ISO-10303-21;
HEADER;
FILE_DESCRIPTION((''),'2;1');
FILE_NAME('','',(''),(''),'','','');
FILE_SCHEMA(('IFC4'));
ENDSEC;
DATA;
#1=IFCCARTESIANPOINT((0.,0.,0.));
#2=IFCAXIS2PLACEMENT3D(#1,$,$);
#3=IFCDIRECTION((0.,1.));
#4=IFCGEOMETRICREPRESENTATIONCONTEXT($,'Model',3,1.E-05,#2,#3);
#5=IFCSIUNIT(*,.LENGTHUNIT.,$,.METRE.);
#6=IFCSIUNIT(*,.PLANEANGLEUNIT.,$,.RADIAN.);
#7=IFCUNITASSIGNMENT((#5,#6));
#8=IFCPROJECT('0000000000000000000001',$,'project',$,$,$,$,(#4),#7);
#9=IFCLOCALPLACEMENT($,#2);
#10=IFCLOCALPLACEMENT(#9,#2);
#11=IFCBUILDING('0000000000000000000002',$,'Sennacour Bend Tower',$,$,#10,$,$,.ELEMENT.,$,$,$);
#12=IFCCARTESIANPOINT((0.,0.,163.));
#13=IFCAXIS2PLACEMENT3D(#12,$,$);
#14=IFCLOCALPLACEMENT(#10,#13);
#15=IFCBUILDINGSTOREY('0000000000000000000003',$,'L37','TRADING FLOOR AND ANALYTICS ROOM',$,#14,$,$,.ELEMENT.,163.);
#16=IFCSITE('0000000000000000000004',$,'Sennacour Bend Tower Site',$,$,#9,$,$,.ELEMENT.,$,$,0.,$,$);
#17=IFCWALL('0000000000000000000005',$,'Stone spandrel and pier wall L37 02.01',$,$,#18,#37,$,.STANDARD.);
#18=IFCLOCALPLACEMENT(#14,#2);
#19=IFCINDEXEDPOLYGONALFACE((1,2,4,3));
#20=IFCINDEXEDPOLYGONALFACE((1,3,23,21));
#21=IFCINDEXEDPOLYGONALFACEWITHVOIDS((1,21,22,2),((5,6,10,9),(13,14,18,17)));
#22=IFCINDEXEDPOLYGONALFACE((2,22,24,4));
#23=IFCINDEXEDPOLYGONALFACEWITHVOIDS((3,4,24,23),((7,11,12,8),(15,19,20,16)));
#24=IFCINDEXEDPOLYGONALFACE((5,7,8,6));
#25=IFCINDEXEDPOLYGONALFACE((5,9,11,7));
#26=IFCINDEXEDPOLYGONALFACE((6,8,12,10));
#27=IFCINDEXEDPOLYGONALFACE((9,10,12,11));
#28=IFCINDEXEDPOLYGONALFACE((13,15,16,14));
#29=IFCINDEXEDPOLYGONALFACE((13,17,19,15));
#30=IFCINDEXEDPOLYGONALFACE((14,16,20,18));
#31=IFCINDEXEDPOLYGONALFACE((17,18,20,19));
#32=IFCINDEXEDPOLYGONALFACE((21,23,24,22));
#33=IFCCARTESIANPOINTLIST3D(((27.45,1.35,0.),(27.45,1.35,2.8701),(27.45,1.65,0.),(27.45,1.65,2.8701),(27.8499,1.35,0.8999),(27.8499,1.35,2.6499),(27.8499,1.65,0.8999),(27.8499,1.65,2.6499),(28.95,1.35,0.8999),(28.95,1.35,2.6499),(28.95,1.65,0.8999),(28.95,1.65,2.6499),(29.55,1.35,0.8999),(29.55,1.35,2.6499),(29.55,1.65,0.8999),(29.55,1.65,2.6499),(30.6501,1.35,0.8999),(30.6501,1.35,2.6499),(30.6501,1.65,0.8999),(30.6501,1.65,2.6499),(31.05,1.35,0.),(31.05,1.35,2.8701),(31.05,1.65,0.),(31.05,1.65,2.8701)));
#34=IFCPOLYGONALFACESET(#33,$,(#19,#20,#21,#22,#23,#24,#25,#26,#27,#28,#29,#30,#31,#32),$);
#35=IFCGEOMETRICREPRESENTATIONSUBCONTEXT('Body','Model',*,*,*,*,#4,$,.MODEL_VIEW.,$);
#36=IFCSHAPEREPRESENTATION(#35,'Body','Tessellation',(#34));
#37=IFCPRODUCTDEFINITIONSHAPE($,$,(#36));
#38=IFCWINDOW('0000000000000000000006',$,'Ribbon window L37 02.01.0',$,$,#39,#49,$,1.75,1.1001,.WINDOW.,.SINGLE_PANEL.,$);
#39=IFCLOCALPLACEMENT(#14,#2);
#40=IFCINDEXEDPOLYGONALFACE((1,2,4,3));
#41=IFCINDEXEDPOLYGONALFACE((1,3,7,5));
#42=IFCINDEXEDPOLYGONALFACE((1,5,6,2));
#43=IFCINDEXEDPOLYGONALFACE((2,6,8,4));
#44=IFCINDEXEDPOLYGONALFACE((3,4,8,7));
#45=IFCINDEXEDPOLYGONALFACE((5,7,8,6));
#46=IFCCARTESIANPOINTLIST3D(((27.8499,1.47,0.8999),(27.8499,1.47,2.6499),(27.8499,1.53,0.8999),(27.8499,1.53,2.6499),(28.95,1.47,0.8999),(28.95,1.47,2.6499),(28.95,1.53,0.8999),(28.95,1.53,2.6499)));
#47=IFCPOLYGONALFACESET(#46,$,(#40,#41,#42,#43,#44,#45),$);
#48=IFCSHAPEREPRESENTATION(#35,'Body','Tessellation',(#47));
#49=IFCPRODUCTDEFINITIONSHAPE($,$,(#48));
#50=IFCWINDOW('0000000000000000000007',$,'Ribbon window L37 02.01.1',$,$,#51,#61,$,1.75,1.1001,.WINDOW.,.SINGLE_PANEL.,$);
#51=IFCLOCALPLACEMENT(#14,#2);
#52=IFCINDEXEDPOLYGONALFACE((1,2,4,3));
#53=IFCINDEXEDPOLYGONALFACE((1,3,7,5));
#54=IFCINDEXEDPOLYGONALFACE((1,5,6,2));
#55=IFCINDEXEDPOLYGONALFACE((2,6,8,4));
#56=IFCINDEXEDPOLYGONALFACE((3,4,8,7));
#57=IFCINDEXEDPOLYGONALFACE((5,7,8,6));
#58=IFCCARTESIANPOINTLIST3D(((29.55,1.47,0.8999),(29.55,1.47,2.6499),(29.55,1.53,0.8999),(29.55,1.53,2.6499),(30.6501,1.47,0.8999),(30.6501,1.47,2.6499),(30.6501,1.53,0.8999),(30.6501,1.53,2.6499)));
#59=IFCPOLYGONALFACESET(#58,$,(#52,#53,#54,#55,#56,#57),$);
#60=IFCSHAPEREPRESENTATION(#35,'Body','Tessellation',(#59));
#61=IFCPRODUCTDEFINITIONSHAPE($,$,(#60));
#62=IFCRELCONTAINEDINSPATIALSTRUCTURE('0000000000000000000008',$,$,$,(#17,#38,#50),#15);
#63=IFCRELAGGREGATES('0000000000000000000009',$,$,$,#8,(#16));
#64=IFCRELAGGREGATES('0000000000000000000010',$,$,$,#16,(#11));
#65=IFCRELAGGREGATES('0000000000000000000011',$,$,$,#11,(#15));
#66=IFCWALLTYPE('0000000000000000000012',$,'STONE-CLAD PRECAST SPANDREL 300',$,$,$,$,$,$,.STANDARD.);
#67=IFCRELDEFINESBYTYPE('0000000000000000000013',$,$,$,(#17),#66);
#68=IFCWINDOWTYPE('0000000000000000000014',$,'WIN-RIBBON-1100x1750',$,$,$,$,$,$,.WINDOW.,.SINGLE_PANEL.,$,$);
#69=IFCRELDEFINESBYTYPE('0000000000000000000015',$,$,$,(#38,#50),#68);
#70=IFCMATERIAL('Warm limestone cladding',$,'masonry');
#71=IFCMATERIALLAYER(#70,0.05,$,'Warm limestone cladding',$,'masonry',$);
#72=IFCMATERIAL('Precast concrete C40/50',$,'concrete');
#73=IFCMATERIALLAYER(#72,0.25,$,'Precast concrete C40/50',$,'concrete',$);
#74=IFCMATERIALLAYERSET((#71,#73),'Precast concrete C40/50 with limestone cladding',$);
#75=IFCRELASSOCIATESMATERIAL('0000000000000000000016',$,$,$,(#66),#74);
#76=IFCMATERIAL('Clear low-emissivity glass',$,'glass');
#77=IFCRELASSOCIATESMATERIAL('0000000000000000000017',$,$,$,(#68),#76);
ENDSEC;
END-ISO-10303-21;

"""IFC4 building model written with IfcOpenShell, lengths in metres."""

from ifc_helpers import new_model, si_unit, direction, frame, frame_2d, origin, place, context, subcontext, project, spatial, rectangle, extrude, material, layer, layer_set, type_object, element, fill, save


model = new_model("IFC4")

# Units and contexts
model_context = context("Model", 3, precision=1e-05, world=origin(), true_north=direction((0.0, 1.0)))
body_context = subcontext(model_context, "Body", "Model", "MODEL_VIEW")
ifc_project = project(units=[si_unit("LENGTHUNIT", "METRE"), si_unit("PLANEANGLEUNIT", "RADIAN")], contexts=[model_context])

# Site, building, storey
site_placement = place(None, origin())
site = spatial("IfcSite", under=ifc_project, at=site_placement, Name="Sennacour Bend Tower Site", CompositionType="ELEMENT", RefElevation=0.0)
building_placement = place(site_placement, origin())
building = spatial("IfcBuilding", under=site, at=building_placement, Name="Sennacour Bend Tower", CompositionType="ELEMENT")
storey_placement = place(building_placement, frame((0.0, 0.0, 163.0)))
storey = spatial("IfcBuildingStorey", under=building, at=storey_placement, Name="L37", Description="TRADING FLOOR AND ANALYTICS ROOM", CompositionType="ELEMENT", Elevation=163.0)

# Wall, openings, windows
ifc_material_1 = material(Name="Warm limestone cladding", Category="masonry")
ifc_layer_1 = layer(ifc_material_1, 0.05, Name="Warm limestone cladding", Category="masonry")
ifc_material_2 = material(Name="Precast concrete C40/50", Category="concrete")
ifc_layer_2 = layer(ifc_material_2, 0.25, Name="Precast concrete C40/50", Category="concrete")
ifc_layer_set_1 = layer_set([ifc_layer_1, ifc_layer_2], Name="Precast concrete C40/50 with limestone cladding")
wall_type_1 = type_object("IfcWallType", Name="STONE-CLAD PRECAST SPANDREL 300", PredefinedType="STANDARD", material=ifc_layer_set_1)
wall_1_placement = place(storey_placement, frame((27.45, 1.5, 0.0), z_axis=(0.0, 0.0, 1.0), x_axis=(1.0, 0.0, 0.0)))
wall_1 = element("IfcWall", 1, at=wall_1_placement, inside=storey, type_object=wall_type_1, Name="Stone spandrel and pier wall L37 02.01", PredefinedType="STANDARD", context=body_context, shape_type="SweptSolid", body=[
    extrude(rectangle(XDim=3.6001, YDim=0.3, at=frame_2d((1.8, 0.0))), origin(), (0.0, 0.0, 1.0), 2.8701),
])
opening_1_placement = place(wall_1_placement, frame((0.3999, 0.0, 0.8999)))
opening_1 = element("IfcOpeningElement", 2, at=opening_1_placement, cuts=wall_1, PredefinedType="OPENING", context=body_context, shape_type="SweptSolid", body=[
    extrude(rectangle(XDim=1.1001, YDim=1.75, at=frame_2d((0.55, 0.875))), frame((0.0, 0.1602, 0.0), z_axis=(0.0, -1.0, 0.0), x_axis=(1.0, 0.0, 0.0)), (0.0, 0.0, 1.0), 0.3201),
])
opening_2_placement = place(wall_1_placement, frame((2.1001, 0.0, 0.8999)))
opening_2 = element("IfcOpeningElement", 3, at=opening_2_placement, cuts=wall_1, PredefinedType="OPENING", context=body_context, shape_type="SweptSolid", body=[
    extrude(rectangle(XDim=1.1001, YDim=1.75, at=frame_2d((0.55, 0.875))), frame((0.0, 0.1602, 0.0), z_axis=(0.0, -1.0, 0.0), x_axis=(1.0, 0.0, 0.0)), (0.0, 0.0, 1.0), 0.3201),
])
ifc_material_3 = material(Name="Clear low-emissivity glass", Category="glass")
window_type = type_object("IfcWindowType", Name="WIN-RIBBON-1100x1750", PartitioningType="SINGLE_PANEL", PredefinedType="WINDOW", material=ifc_material_3)
window_1_placement = place(opening_1_placement, origin())
window_1 = element("IfcWindow", 4, at=window_1_placement, inside=storey, type_object=window_type, Name="Ribbon window L37 02.01.0", OverallHeight=1.75, OverallWidth=1.1001, PartitioningType="SINGLE_PANEL", PredefinedType="WINDOW", context=body_context, shape_type="SweptSolid", body=[
    extrude(rectangle(XDim=1.1001, YDim=1.75, at=frame_2d((0.55, 0.875))), frame((0.0, 0.03, 0.0), z_axis=(0.0, -1.0, 0.0), x_axis=(1.0, 0.0, 0.0)), (0.0, 0.0, 1.0), 0.0601),
])
fill(opening_1, window_1)
window_2_placement = place(opening_2_placement, origin())
window_2 = element("IfcWindow", 5, at=window_2_placement, inside=storey, type_object=window_type, Name="Ribbon window L37 02.01.1", OverallHeight=1.75, OverallWidth=1.1001, PartitioningType="SINGLE_PANEL", PredefinedType="WINDOW", context=body_context, shape_type="SweptSolid", body=[
    extrude(rectangle(XDim=1.1001, YDim=1.75, at=frame_2d((0.55, 0.875))), frame((0.0, 0.03, 0.0), z_axis=(0.0, -1.0, 0.0), x_axis=(1.0, 0.0, 0.0)), (0.0, 0.0, 1.0), 0.0601),
])
fill(opening_2, window_2)

save(model, "model.ifc")
